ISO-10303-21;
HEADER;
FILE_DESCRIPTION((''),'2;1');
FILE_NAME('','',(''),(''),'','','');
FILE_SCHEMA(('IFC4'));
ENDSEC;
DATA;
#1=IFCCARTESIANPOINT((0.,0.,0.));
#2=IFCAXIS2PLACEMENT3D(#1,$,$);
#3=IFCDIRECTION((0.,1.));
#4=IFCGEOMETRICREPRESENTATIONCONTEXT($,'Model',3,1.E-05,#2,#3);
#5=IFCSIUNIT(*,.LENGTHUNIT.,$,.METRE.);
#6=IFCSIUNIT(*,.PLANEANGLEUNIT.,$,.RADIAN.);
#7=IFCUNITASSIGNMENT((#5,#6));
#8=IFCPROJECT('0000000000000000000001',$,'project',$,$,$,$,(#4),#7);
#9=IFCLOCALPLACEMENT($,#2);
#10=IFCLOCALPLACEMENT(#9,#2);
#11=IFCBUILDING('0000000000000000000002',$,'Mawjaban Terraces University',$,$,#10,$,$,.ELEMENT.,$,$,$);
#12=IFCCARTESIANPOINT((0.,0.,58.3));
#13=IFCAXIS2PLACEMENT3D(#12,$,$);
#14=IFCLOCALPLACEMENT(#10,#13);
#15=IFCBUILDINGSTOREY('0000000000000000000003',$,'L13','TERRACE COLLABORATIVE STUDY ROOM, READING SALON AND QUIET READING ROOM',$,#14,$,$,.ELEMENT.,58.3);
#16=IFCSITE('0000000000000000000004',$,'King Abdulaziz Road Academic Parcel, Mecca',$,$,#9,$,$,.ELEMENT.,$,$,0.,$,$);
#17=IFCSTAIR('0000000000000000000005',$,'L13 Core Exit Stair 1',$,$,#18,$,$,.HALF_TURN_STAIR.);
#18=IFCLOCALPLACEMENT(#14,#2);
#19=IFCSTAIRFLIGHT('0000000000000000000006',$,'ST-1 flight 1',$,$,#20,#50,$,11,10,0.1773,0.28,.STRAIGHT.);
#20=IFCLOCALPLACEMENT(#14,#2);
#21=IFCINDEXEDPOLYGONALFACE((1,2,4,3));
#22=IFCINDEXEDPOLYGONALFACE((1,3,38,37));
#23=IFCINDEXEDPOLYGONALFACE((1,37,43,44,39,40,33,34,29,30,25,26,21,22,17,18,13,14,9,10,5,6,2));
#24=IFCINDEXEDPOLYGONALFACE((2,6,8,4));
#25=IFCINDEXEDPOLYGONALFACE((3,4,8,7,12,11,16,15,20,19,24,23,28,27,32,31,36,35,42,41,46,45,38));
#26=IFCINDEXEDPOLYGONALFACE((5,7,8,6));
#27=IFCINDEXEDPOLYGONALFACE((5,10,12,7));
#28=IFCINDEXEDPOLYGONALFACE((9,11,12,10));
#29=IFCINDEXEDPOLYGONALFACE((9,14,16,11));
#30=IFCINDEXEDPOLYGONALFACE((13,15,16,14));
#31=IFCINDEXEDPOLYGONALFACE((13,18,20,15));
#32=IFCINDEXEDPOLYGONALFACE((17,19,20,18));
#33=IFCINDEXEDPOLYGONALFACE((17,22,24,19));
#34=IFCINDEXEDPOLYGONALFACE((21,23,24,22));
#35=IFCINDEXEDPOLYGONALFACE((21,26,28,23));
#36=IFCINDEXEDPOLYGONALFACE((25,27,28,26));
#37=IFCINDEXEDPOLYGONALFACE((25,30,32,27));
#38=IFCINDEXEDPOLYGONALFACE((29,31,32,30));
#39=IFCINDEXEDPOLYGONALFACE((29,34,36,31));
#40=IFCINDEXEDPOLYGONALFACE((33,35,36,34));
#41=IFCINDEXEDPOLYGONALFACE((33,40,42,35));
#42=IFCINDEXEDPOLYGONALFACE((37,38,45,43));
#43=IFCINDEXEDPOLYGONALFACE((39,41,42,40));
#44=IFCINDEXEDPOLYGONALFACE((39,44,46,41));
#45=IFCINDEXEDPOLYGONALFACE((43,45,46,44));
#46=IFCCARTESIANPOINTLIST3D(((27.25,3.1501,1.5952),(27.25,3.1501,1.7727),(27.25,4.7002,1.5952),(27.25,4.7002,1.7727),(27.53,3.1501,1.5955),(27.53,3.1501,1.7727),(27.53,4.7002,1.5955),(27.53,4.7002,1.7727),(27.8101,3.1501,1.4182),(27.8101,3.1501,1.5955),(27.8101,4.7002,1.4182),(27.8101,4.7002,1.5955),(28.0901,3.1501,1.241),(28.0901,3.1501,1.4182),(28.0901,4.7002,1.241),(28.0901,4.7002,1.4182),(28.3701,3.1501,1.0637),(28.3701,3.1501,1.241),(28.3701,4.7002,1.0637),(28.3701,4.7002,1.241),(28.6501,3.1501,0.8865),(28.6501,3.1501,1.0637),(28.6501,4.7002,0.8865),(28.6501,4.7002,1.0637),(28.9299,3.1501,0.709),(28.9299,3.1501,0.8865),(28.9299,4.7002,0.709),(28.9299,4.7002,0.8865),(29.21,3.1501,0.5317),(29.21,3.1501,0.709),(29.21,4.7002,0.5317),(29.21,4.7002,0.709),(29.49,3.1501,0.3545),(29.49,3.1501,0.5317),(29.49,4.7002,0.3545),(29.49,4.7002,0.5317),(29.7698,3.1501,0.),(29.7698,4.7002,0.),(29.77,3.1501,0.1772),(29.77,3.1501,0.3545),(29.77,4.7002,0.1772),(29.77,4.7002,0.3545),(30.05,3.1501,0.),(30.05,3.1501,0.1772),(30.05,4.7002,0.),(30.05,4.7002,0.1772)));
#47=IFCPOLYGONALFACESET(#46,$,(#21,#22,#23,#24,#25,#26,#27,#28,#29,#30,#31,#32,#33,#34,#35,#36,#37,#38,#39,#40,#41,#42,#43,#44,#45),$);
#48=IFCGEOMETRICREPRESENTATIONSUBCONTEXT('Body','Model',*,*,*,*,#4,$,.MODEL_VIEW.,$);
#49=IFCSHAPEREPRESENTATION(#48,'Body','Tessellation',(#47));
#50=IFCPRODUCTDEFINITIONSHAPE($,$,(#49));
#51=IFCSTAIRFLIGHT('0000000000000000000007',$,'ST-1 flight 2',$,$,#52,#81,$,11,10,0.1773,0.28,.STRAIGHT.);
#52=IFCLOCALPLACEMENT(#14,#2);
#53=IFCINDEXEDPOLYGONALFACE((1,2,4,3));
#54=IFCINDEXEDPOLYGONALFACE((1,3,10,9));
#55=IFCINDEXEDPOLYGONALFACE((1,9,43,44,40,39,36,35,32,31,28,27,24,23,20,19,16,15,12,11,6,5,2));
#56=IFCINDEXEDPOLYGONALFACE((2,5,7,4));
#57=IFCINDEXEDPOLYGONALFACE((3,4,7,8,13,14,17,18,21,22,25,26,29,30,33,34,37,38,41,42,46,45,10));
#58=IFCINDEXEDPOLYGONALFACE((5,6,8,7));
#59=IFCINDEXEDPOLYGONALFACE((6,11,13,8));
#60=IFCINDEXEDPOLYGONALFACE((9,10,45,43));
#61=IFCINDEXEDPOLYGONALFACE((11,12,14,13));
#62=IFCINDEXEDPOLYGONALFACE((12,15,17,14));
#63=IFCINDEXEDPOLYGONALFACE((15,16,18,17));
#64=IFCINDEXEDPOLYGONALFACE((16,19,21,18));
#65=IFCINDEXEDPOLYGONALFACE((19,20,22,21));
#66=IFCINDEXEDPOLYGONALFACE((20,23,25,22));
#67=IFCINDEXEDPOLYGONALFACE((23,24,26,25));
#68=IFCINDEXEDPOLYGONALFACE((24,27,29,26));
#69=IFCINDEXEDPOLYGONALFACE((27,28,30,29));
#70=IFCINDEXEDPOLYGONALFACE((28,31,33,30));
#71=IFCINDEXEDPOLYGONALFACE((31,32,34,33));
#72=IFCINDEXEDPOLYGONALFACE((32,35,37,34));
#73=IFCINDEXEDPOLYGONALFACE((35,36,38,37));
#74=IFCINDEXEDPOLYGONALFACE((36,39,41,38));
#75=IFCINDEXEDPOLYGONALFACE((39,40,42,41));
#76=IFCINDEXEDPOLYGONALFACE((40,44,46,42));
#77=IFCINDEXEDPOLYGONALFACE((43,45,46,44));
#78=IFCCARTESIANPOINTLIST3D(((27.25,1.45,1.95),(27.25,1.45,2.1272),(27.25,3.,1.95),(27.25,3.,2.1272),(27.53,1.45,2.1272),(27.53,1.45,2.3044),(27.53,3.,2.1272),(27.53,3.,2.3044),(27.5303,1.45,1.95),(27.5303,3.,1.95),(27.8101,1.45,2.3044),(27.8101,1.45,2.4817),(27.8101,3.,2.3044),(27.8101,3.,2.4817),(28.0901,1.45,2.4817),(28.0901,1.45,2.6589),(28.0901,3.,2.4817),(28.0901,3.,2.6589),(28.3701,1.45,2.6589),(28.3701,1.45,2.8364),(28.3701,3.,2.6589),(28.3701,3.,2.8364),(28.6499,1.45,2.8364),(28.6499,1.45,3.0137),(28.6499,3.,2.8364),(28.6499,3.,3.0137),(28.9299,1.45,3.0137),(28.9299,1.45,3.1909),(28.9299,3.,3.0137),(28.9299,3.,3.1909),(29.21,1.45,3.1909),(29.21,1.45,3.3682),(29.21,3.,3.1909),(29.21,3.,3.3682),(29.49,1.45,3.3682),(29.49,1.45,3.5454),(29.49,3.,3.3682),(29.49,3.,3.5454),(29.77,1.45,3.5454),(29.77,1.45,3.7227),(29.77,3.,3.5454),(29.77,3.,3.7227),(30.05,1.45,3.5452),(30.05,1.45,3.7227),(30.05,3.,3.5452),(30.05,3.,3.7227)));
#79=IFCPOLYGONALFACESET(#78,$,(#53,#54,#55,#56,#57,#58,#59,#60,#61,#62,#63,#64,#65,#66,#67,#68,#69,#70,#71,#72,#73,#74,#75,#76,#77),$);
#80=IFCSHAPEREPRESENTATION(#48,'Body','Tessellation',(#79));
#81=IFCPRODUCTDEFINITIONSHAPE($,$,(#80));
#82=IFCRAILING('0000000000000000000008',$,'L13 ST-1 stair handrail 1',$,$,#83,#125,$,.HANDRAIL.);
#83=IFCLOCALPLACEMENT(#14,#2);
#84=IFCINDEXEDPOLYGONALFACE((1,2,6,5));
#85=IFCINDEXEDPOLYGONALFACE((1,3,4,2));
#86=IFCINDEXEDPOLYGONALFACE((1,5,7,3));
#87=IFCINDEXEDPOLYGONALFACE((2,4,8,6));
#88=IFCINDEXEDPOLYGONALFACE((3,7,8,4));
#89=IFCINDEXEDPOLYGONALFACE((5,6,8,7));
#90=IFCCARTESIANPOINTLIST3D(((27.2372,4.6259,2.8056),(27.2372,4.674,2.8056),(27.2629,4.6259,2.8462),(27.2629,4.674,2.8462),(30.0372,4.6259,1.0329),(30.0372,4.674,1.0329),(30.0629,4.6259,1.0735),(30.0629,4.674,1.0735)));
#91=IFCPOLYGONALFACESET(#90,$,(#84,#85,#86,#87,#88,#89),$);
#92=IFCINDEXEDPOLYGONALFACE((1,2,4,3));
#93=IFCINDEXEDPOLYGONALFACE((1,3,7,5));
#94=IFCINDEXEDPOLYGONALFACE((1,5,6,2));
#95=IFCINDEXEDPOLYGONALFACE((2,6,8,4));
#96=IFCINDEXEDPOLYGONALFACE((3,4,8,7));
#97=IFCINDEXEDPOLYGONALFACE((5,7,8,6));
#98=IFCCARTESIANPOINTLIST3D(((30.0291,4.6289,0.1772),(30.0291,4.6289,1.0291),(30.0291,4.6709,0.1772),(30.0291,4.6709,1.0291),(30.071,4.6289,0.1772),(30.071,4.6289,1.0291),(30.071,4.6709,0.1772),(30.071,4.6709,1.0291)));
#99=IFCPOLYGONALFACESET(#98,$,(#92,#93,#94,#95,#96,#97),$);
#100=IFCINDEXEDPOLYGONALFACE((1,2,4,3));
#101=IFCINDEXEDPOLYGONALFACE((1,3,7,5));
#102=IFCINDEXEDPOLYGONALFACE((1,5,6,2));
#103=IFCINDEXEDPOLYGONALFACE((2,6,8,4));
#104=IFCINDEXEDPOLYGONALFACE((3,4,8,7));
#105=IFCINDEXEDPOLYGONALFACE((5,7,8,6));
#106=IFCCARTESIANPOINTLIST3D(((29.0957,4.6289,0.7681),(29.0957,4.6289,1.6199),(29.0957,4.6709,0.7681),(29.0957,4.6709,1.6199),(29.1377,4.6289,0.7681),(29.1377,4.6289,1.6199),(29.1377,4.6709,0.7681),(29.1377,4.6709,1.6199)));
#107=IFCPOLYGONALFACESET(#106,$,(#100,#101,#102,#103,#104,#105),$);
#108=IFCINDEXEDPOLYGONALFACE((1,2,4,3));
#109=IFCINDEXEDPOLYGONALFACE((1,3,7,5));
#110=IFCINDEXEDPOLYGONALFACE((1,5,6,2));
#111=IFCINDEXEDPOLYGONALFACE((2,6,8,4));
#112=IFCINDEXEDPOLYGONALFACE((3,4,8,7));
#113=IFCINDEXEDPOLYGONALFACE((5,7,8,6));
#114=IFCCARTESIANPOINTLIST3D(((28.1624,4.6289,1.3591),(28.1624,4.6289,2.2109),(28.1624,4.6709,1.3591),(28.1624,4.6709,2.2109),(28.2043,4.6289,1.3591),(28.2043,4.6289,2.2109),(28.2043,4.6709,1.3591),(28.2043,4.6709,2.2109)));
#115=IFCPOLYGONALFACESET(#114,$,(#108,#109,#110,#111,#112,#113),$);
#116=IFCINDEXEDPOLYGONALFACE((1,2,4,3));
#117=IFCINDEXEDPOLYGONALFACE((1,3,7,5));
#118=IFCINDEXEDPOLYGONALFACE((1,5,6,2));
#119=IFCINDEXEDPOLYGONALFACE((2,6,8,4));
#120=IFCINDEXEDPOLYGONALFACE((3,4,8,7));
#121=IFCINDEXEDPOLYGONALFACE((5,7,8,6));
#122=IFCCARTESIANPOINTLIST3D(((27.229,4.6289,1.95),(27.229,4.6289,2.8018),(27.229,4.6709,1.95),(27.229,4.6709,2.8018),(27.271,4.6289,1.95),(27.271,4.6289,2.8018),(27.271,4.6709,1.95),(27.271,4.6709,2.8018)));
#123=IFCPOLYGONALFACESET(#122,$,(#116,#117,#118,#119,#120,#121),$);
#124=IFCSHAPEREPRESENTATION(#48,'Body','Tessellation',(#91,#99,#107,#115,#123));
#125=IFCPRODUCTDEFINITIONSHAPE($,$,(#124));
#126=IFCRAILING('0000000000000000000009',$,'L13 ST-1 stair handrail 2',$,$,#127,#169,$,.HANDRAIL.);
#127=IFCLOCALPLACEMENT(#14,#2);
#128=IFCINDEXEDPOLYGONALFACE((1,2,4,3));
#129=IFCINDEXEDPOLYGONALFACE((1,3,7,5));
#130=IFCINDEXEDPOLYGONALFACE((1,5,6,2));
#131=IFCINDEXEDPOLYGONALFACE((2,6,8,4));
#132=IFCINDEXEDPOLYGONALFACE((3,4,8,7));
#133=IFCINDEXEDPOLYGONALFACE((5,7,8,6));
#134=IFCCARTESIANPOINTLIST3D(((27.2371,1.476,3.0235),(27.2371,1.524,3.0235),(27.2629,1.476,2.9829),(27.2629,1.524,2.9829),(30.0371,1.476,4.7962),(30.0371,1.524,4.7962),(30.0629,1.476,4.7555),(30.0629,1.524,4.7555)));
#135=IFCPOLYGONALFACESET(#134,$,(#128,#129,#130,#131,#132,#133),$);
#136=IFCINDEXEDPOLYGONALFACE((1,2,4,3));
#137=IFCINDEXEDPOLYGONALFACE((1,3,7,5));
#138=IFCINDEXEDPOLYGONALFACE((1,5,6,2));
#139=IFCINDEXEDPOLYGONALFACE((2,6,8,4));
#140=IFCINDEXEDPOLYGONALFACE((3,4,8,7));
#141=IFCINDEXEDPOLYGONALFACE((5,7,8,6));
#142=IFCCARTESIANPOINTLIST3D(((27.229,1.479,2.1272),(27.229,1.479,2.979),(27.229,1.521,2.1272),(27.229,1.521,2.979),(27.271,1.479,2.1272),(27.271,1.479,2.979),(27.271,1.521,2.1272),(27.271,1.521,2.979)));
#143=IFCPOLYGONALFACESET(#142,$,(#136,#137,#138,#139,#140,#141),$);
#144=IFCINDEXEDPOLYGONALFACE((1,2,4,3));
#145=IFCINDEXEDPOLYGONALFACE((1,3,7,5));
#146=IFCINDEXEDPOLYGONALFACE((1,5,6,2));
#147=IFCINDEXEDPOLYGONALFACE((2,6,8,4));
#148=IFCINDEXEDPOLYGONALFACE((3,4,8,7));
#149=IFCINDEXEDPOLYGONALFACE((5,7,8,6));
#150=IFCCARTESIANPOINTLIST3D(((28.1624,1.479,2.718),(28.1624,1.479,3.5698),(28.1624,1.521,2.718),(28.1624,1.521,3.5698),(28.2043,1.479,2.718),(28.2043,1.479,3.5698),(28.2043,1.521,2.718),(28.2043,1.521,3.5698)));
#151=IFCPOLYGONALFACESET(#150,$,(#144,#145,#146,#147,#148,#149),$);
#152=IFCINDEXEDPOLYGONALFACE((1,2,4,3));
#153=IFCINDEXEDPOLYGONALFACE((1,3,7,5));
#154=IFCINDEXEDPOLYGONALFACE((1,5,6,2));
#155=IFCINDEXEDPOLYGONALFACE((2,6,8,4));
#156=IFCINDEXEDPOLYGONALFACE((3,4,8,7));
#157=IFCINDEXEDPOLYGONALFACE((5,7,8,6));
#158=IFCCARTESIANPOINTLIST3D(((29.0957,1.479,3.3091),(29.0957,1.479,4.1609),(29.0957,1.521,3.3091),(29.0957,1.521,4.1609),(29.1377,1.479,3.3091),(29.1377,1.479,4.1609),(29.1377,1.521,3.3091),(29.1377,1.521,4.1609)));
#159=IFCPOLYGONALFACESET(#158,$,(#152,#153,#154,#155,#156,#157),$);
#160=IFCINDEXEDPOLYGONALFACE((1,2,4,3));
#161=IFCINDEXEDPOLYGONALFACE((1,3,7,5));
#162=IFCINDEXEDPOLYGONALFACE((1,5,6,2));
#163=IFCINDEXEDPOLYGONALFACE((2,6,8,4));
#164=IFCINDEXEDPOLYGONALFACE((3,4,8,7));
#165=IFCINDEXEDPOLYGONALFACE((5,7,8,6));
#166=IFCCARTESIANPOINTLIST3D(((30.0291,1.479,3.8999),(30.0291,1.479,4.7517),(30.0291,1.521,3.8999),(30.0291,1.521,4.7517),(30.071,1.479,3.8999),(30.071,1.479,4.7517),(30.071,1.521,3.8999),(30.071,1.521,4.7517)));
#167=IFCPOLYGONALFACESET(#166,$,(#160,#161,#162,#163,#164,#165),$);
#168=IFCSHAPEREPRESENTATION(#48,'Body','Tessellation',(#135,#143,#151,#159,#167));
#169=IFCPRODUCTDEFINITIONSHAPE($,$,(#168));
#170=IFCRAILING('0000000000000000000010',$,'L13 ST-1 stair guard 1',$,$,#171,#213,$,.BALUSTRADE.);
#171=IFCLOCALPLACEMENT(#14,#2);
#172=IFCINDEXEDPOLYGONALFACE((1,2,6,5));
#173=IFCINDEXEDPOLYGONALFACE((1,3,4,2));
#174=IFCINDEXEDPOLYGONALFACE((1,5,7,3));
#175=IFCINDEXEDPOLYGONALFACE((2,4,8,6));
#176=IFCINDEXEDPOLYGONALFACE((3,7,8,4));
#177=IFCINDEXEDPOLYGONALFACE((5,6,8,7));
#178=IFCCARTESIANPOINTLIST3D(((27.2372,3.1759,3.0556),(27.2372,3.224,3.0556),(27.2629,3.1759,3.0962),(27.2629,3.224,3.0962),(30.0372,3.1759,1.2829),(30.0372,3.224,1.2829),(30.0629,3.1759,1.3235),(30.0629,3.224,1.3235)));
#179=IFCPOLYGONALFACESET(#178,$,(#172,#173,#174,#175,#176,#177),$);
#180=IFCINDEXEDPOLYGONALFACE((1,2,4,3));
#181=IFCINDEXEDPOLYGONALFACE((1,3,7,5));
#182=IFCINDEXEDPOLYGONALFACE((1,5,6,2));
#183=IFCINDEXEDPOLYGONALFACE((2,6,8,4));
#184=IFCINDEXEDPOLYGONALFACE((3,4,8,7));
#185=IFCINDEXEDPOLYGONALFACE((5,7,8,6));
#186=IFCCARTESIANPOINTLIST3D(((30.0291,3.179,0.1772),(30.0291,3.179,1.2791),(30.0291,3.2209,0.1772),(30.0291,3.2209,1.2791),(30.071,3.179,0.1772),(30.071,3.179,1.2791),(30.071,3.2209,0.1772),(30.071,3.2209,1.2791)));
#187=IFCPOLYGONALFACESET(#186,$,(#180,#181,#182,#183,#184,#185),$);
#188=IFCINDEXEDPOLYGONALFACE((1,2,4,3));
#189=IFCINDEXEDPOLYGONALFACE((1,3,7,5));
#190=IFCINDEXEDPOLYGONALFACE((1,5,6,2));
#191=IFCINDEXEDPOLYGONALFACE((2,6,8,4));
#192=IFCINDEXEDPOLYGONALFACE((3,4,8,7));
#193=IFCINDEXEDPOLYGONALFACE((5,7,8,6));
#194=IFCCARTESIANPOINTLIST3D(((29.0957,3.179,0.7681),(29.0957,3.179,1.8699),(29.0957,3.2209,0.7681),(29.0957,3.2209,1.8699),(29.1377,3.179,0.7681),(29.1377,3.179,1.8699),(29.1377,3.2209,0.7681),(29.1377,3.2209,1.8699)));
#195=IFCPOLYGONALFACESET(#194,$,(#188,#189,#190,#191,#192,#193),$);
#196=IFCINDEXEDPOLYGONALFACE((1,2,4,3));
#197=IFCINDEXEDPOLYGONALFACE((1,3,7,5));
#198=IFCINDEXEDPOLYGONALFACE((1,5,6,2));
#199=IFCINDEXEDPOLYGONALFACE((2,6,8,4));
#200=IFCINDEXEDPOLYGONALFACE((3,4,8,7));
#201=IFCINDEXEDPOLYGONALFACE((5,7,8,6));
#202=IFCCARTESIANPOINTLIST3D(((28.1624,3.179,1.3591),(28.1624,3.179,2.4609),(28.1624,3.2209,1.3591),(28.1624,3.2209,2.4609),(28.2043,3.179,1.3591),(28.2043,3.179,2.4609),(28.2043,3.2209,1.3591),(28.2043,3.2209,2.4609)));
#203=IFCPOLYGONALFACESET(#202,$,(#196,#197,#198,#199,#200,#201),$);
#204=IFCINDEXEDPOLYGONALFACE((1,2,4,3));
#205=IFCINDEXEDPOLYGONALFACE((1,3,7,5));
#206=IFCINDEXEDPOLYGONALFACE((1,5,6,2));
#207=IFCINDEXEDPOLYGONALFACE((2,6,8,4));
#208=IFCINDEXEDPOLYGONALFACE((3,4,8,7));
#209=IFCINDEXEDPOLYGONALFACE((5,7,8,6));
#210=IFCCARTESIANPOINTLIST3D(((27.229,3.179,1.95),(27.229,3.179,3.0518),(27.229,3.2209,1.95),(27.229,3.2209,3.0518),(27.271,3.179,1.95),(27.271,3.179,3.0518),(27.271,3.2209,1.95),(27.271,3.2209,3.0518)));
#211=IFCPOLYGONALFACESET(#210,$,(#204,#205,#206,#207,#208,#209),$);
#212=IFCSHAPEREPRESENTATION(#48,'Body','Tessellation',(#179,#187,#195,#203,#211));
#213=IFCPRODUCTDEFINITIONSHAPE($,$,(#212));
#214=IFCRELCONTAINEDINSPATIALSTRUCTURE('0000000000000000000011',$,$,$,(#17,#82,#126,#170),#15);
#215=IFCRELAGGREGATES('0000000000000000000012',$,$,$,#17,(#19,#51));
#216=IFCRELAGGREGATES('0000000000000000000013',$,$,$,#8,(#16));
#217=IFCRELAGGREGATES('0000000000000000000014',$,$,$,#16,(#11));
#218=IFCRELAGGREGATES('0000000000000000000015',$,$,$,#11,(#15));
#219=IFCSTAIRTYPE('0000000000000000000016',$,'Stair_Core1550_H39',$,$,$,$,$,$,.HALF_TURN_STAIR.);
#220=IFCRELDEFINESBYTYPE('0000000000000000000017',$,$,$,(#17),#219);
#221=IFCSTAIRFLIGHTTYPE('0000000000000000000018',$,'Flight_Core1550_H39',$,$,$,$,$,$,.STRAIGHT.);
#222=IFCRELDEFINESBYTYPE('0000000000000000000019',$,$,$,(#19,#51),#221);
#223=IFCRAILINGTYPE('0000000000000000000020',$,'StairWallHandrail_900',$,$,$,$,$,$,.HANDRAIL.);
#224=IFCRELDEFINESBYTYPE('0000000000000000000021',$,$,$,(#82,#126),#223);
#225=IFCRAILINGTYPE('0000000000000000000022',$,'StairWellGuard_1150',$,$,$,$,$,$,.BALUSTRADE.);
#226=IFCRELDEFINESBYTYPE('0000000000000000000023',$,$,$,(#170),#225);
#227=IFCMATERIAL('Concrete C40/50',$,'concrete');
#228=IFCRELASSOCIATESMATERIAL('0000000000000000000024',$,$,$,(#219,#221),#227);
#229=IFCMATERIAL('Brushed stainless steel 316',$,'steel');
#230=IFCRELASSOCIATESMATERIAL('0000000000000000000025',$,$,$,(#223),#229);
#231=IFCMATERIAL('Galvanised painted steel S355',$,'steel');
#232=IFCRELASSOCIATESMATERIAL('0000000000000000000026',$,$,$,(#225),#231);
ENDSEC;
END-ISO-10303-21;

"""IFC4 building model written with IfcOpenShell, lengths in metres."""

from ifc_helpers import new_model, si_unit, direction, frame, origin, origin_2d, place, context, subcontext, project, spatial, polyline, rectangle, outline, extrude, material, type_object, element, aggregate, save


model = new_model("IFC4")

# Units and contexts
model_context = context("Model", 3, precision=1e-05, world=origin(), true_north=direction((0.0, 1.0)))
body_context = subcontext(model_context, "Body", "Model", "MODEL_VIEW")
ifc_project = project(units=[si_unit("LENGTHUNIT", "METRE"), si_unit("PLANEANGLEUNIT", "RADIAN")], contexts=[model_context])

# Site, building, storey
site_placement = place(None, origin())
site = spatial("IfcSite", under=ifc_project, at=site_placement, Name="King Abdulaziz Road Academic Parcel, Mecca", CompositionType="ELEMENT", RefElevation=0.0)
building_placement = place(site_placement, origin())
building = spatial("IfcBuilding", under=site, at=building_placement, Name="Mawjaban Terraces University", CompositionType="ELEMENT")
storey_placement = place(building_placement, frame((0.0, 0.0, 58.3)))
storey = spatial("IfcBuildingStorey", under=building, at=storey_placement, Name="L13", Description="TERRACE COLLABORATIVE STUDY ROOM, READING SALON AND QUIET READING ROOM", CompositionType="ELEMENT", Elevation=58.3)

# Stair, stair flights
ifc_material_1 = material(Name="Concrete C40/50", Category="concrete")
stair_type = type_object("IfcStairType", Name="Stair_Core1550_H39", PredefinedType="HALF_TURN_STAIR", material=ifc_material_1)
stair_placement = place(storey_placement, origin())
stair = element("IfcStair", 1, at=stair_placement, inside=storey, type_object=stair_type, Name="L13 Core Exit Stair 1", PredefinedType="HALF_TURN_STAIR")
stair_flight_type = type_object("IfcStairFlightType", Name="Flight_Core1550_H39", PredefinedType="STRAIGHT", material=ifc_material_1)
stair_flight_1_placement = place(storey_placement, frame((30.05, 3.925, 0.0), z_axis=(0.0, 0.0, 1.0), x_axis=(-1.0, 0.0, 0.0)))
stair_flight_1 = element("IfcStairFlight", 2, at=stair_flight_1_placement, type_object=stair_flight_type, Name="ST-1 flight 1", NumberOfRisers=11, NumberOfTreads=10, PredefinedType="STRAIGHT", RiserHeight=0.1773, TreadLength=0.28, context=body_context, shape_type="SweptSolid", body=[
    extrude(outline(polyline([(0.0, 0.0), (0.0, 0.1772), (0.28, 0.1772), (0.28, 0.3545), (0.5601, 0.3545), (0.5601, 0.5317), (0.8401, 0.5317), (0.8401, 0.709), (1.1201, 0.709), (1.1201, 0.8865), (1.3999, 0.8865), (1.3999, 1.0637), (1.6799, 1.0637), (1.6799, 1.241), (1.96, 1.241), (1.96, 1.4182), (2.24, 1.4182), (2.24, 1.5955), (2.52, 1.5955), (2.52, 1.7727), (2.8, 1.7727), (2.8, 1.95), (2.8, 1.5952), (0.2803, 0.0), (0.0, 0.0)])), frame((0.0, 0.7749, 0.0), z_axis=(0.0, -1.0, 0.0), x_axis=(1.0, 0.0, 0.0)), (0.0, 0.0, 1.0), 1.55),
])
stair_flight_2_placement = place(storey_placement, frame((27.25, 2.2251, 1.95), z_axis=(0.0, 0.0, 1.0), x_axis=(1.0, 0.0, 0.0)))
stair_flight_2 = element("IfcStairFlight", 3, at=stair_flight_2_placement, type_object=stair_flight_type, Name="ST-1 flight 2", NumberOfRisers=11, NumberOfTreads=10, PredefinedType="STRAIGHT", RiserHeight=0.1773, TreadLength=0.28, context=body_context, shape_type="SweptSolid", body=[
    extrude(outline(polyline([(0.0, 0.0), (0.0, 0.1772), (0.28, 0.1772), (0.28, 0.3545), (0.5601, 0.3545), (0.5601, 0.5317), (0.8401, 0.5317), (0.8401, 0.709), (1.1201, 0.709), (1.1201, 0.8865), (1.3999, 0.8865), (1.3999, 1.0637), (1.6799, 1.0637), (1.6799, 1.241), (1.96, 1.241), (1.96, 1.4182), (2.24, 1.4182), (2.24, 1.5955), (2.52, 1.5955), (2.52, 1.7727), (2.8, 1.7727), (2.8, 1.95), (2.8, 1.5952), (0.2803, 0.0), (0.0, 0.0)])), frame((0.0, 0.7749, 0.0), z_axis=(0.0, -1.0, 0.0), x_axis=(1.0, 0.0, 0.0)), (0.0, 0.0, 1.0), 1.55),
])
aggregate(stair, [stair_flight_1, stair_flight_2])

# Railings
ifc_material_2 = material(Name="Brushed stainless steel 316", Category="steel")
railing_type_1 = type_object("IfcRailingType", Name="StairWallHandrail_900", PredefinedType="HANDRAIL", material=ifc_material_2)
railing_1_placement = place(storey_placement, frame((30.05, 4.6499, 0.1772)))
element("IfcRailing", 4, at=railing_1_placement, inside=storey, type_object=railing_type_1, Name="L13 ST-1 stair handrail 1", PredefinedType="HANDRAIL", context=body_context, shape_type="SweptSolid", body=[
    extrude(rectangle(XDim=0.0481, YDim=0.0481, at=origin_2d()), frame((0.0, 0.0, 0.876), z_axis=(-0.844909, 0.0, 0.53491), x_axis=(0.0, -1.0, 0.0)), (0.0, 0.0, 1.0), 3.314),
    extrude(rectangle(XDim=0.042, YDim=0.042, at=origin_2d()), origin(), (0.0, 0.0, 1.0), 0.8518),
    extrude(rectangle(XDim=0.042, YDim=0.042, at=origin_2d()), frame((-0.9333, 0.0, 0.5908)), (0.0, 0.0, 1.0), 0.8518),
    extrude(rectangle(XDim=0.042, YDim=0.042, at=origin_2d()), frame((-1.8667, 0.0, 1.1819)), (0.0, 0.0, 1.0), 0.8518),
    extrude(rectangle(XDim=0.042, YDim=0.042, at=origin_2d()), frame((-2.8, 0.0, 1.7727)), (0.0, 0.0, 1.0), 0.8518),
])
railing_2_placement = place(storey_placement, frame((27.25, 1.5, 2.1272)))
element("IfcRailing", 5, at=railing_2_placement, inside=storey, type_object=railing_type_1, Name="L13 ST-1 stair handrail 2", PredefinedType="HANDRAIL", context=body_context, shape_type="SweptSolid", body=[
    extrude(rectangle(XDim=0.0481, YDim=0.0481, at=origin_2d()), frame((0.0, 0.0, 0.876), z_axis=(0.844909, 0.0, 0.53491), x_axis=(0.0, 1.0, 0.0)), (0.0, 0.0, 1.0), 3.314),
    extrude(rectangle(XDim=0.042, YDim=0.042, at=origin_2d()), origin(), (0.0, 0.0, 1.0), 0.8518),
    extrude(rectangle(XDim=0.042, YDim=0.042, at=origin_2d()), frame((0.9333, 0.0, 0.5908)), (0.0, 0.0, 1.0), 0.8518),
    extrude(rectangle(XDim=0.042, YDim=0.042, at=origin_2d()), frame((1.8667, 0.0, 1.1819)), (0.0, 0.0, 1.0), 0.8518),
    extrude(rectangle(XDim=0.042, YDim=0.042, at=origin_2d()), frame((2.8, 0.0, 1.7727)), (0.0, 0.0, 1.0), 0.8518),
])
ifc_material_3 = material(Name="Galvanised painted steel S355", Category="steel")
railing_type_2 = type_object("IfcRailingType", Name="StairWellGuard_1150", PredefinedType="BALUSTRADE", material=ifc_material_3)
railing_3_placement = place(storey_placement, frame((30.05, 3.2, 0.1772)))
element("IfcRailing", 6, at=railing_3_placement, inside=storey, type_object=railing_type_2, Name="L13 ST-1 stair guard 1", PredefinedType="BALUSTRADE", context=body_context, shape_type="SweptSolid", body=[
    extrude(rectangle(XDim=0.0481, YDim=0.0481, at=origin_2d()), frame((0.0, 0.0, 1.126), z_axis=(-0.844909, 0.0, 0.53491), x_axis=(0.0, -1.0, 0.0)), (0.0, 0.0, 1.0), 3.314),
    extrude(rectangle(XDim=0.042, YDim=0.042, at=origin_2d()), origin(), (0.0, 0.0, 1.0), 1.1018),
    extrude(rectangle(XDim=0.042, YDim=0.042, at=origin_2d()), frame((-0.9333, 0.0, 0.5908)), (0.0, 0.0, 1.0), 1.1018),
    extrude(rectangle(XDim=0.042, YDim=0.042, at=origin_2d()), frame((-1.8667, 0.0, 1.1819)), (0.0, 0.0, 1.0), 1.1018),
    extrude(rectangle(XDim=0.042, YDim=0.042, at=origin_2d()), frame((-2.8, 0.0, 1.7727)), (0.0, 0.0, 1.0), 1.1018),
])

save(model, "model.ifc")
